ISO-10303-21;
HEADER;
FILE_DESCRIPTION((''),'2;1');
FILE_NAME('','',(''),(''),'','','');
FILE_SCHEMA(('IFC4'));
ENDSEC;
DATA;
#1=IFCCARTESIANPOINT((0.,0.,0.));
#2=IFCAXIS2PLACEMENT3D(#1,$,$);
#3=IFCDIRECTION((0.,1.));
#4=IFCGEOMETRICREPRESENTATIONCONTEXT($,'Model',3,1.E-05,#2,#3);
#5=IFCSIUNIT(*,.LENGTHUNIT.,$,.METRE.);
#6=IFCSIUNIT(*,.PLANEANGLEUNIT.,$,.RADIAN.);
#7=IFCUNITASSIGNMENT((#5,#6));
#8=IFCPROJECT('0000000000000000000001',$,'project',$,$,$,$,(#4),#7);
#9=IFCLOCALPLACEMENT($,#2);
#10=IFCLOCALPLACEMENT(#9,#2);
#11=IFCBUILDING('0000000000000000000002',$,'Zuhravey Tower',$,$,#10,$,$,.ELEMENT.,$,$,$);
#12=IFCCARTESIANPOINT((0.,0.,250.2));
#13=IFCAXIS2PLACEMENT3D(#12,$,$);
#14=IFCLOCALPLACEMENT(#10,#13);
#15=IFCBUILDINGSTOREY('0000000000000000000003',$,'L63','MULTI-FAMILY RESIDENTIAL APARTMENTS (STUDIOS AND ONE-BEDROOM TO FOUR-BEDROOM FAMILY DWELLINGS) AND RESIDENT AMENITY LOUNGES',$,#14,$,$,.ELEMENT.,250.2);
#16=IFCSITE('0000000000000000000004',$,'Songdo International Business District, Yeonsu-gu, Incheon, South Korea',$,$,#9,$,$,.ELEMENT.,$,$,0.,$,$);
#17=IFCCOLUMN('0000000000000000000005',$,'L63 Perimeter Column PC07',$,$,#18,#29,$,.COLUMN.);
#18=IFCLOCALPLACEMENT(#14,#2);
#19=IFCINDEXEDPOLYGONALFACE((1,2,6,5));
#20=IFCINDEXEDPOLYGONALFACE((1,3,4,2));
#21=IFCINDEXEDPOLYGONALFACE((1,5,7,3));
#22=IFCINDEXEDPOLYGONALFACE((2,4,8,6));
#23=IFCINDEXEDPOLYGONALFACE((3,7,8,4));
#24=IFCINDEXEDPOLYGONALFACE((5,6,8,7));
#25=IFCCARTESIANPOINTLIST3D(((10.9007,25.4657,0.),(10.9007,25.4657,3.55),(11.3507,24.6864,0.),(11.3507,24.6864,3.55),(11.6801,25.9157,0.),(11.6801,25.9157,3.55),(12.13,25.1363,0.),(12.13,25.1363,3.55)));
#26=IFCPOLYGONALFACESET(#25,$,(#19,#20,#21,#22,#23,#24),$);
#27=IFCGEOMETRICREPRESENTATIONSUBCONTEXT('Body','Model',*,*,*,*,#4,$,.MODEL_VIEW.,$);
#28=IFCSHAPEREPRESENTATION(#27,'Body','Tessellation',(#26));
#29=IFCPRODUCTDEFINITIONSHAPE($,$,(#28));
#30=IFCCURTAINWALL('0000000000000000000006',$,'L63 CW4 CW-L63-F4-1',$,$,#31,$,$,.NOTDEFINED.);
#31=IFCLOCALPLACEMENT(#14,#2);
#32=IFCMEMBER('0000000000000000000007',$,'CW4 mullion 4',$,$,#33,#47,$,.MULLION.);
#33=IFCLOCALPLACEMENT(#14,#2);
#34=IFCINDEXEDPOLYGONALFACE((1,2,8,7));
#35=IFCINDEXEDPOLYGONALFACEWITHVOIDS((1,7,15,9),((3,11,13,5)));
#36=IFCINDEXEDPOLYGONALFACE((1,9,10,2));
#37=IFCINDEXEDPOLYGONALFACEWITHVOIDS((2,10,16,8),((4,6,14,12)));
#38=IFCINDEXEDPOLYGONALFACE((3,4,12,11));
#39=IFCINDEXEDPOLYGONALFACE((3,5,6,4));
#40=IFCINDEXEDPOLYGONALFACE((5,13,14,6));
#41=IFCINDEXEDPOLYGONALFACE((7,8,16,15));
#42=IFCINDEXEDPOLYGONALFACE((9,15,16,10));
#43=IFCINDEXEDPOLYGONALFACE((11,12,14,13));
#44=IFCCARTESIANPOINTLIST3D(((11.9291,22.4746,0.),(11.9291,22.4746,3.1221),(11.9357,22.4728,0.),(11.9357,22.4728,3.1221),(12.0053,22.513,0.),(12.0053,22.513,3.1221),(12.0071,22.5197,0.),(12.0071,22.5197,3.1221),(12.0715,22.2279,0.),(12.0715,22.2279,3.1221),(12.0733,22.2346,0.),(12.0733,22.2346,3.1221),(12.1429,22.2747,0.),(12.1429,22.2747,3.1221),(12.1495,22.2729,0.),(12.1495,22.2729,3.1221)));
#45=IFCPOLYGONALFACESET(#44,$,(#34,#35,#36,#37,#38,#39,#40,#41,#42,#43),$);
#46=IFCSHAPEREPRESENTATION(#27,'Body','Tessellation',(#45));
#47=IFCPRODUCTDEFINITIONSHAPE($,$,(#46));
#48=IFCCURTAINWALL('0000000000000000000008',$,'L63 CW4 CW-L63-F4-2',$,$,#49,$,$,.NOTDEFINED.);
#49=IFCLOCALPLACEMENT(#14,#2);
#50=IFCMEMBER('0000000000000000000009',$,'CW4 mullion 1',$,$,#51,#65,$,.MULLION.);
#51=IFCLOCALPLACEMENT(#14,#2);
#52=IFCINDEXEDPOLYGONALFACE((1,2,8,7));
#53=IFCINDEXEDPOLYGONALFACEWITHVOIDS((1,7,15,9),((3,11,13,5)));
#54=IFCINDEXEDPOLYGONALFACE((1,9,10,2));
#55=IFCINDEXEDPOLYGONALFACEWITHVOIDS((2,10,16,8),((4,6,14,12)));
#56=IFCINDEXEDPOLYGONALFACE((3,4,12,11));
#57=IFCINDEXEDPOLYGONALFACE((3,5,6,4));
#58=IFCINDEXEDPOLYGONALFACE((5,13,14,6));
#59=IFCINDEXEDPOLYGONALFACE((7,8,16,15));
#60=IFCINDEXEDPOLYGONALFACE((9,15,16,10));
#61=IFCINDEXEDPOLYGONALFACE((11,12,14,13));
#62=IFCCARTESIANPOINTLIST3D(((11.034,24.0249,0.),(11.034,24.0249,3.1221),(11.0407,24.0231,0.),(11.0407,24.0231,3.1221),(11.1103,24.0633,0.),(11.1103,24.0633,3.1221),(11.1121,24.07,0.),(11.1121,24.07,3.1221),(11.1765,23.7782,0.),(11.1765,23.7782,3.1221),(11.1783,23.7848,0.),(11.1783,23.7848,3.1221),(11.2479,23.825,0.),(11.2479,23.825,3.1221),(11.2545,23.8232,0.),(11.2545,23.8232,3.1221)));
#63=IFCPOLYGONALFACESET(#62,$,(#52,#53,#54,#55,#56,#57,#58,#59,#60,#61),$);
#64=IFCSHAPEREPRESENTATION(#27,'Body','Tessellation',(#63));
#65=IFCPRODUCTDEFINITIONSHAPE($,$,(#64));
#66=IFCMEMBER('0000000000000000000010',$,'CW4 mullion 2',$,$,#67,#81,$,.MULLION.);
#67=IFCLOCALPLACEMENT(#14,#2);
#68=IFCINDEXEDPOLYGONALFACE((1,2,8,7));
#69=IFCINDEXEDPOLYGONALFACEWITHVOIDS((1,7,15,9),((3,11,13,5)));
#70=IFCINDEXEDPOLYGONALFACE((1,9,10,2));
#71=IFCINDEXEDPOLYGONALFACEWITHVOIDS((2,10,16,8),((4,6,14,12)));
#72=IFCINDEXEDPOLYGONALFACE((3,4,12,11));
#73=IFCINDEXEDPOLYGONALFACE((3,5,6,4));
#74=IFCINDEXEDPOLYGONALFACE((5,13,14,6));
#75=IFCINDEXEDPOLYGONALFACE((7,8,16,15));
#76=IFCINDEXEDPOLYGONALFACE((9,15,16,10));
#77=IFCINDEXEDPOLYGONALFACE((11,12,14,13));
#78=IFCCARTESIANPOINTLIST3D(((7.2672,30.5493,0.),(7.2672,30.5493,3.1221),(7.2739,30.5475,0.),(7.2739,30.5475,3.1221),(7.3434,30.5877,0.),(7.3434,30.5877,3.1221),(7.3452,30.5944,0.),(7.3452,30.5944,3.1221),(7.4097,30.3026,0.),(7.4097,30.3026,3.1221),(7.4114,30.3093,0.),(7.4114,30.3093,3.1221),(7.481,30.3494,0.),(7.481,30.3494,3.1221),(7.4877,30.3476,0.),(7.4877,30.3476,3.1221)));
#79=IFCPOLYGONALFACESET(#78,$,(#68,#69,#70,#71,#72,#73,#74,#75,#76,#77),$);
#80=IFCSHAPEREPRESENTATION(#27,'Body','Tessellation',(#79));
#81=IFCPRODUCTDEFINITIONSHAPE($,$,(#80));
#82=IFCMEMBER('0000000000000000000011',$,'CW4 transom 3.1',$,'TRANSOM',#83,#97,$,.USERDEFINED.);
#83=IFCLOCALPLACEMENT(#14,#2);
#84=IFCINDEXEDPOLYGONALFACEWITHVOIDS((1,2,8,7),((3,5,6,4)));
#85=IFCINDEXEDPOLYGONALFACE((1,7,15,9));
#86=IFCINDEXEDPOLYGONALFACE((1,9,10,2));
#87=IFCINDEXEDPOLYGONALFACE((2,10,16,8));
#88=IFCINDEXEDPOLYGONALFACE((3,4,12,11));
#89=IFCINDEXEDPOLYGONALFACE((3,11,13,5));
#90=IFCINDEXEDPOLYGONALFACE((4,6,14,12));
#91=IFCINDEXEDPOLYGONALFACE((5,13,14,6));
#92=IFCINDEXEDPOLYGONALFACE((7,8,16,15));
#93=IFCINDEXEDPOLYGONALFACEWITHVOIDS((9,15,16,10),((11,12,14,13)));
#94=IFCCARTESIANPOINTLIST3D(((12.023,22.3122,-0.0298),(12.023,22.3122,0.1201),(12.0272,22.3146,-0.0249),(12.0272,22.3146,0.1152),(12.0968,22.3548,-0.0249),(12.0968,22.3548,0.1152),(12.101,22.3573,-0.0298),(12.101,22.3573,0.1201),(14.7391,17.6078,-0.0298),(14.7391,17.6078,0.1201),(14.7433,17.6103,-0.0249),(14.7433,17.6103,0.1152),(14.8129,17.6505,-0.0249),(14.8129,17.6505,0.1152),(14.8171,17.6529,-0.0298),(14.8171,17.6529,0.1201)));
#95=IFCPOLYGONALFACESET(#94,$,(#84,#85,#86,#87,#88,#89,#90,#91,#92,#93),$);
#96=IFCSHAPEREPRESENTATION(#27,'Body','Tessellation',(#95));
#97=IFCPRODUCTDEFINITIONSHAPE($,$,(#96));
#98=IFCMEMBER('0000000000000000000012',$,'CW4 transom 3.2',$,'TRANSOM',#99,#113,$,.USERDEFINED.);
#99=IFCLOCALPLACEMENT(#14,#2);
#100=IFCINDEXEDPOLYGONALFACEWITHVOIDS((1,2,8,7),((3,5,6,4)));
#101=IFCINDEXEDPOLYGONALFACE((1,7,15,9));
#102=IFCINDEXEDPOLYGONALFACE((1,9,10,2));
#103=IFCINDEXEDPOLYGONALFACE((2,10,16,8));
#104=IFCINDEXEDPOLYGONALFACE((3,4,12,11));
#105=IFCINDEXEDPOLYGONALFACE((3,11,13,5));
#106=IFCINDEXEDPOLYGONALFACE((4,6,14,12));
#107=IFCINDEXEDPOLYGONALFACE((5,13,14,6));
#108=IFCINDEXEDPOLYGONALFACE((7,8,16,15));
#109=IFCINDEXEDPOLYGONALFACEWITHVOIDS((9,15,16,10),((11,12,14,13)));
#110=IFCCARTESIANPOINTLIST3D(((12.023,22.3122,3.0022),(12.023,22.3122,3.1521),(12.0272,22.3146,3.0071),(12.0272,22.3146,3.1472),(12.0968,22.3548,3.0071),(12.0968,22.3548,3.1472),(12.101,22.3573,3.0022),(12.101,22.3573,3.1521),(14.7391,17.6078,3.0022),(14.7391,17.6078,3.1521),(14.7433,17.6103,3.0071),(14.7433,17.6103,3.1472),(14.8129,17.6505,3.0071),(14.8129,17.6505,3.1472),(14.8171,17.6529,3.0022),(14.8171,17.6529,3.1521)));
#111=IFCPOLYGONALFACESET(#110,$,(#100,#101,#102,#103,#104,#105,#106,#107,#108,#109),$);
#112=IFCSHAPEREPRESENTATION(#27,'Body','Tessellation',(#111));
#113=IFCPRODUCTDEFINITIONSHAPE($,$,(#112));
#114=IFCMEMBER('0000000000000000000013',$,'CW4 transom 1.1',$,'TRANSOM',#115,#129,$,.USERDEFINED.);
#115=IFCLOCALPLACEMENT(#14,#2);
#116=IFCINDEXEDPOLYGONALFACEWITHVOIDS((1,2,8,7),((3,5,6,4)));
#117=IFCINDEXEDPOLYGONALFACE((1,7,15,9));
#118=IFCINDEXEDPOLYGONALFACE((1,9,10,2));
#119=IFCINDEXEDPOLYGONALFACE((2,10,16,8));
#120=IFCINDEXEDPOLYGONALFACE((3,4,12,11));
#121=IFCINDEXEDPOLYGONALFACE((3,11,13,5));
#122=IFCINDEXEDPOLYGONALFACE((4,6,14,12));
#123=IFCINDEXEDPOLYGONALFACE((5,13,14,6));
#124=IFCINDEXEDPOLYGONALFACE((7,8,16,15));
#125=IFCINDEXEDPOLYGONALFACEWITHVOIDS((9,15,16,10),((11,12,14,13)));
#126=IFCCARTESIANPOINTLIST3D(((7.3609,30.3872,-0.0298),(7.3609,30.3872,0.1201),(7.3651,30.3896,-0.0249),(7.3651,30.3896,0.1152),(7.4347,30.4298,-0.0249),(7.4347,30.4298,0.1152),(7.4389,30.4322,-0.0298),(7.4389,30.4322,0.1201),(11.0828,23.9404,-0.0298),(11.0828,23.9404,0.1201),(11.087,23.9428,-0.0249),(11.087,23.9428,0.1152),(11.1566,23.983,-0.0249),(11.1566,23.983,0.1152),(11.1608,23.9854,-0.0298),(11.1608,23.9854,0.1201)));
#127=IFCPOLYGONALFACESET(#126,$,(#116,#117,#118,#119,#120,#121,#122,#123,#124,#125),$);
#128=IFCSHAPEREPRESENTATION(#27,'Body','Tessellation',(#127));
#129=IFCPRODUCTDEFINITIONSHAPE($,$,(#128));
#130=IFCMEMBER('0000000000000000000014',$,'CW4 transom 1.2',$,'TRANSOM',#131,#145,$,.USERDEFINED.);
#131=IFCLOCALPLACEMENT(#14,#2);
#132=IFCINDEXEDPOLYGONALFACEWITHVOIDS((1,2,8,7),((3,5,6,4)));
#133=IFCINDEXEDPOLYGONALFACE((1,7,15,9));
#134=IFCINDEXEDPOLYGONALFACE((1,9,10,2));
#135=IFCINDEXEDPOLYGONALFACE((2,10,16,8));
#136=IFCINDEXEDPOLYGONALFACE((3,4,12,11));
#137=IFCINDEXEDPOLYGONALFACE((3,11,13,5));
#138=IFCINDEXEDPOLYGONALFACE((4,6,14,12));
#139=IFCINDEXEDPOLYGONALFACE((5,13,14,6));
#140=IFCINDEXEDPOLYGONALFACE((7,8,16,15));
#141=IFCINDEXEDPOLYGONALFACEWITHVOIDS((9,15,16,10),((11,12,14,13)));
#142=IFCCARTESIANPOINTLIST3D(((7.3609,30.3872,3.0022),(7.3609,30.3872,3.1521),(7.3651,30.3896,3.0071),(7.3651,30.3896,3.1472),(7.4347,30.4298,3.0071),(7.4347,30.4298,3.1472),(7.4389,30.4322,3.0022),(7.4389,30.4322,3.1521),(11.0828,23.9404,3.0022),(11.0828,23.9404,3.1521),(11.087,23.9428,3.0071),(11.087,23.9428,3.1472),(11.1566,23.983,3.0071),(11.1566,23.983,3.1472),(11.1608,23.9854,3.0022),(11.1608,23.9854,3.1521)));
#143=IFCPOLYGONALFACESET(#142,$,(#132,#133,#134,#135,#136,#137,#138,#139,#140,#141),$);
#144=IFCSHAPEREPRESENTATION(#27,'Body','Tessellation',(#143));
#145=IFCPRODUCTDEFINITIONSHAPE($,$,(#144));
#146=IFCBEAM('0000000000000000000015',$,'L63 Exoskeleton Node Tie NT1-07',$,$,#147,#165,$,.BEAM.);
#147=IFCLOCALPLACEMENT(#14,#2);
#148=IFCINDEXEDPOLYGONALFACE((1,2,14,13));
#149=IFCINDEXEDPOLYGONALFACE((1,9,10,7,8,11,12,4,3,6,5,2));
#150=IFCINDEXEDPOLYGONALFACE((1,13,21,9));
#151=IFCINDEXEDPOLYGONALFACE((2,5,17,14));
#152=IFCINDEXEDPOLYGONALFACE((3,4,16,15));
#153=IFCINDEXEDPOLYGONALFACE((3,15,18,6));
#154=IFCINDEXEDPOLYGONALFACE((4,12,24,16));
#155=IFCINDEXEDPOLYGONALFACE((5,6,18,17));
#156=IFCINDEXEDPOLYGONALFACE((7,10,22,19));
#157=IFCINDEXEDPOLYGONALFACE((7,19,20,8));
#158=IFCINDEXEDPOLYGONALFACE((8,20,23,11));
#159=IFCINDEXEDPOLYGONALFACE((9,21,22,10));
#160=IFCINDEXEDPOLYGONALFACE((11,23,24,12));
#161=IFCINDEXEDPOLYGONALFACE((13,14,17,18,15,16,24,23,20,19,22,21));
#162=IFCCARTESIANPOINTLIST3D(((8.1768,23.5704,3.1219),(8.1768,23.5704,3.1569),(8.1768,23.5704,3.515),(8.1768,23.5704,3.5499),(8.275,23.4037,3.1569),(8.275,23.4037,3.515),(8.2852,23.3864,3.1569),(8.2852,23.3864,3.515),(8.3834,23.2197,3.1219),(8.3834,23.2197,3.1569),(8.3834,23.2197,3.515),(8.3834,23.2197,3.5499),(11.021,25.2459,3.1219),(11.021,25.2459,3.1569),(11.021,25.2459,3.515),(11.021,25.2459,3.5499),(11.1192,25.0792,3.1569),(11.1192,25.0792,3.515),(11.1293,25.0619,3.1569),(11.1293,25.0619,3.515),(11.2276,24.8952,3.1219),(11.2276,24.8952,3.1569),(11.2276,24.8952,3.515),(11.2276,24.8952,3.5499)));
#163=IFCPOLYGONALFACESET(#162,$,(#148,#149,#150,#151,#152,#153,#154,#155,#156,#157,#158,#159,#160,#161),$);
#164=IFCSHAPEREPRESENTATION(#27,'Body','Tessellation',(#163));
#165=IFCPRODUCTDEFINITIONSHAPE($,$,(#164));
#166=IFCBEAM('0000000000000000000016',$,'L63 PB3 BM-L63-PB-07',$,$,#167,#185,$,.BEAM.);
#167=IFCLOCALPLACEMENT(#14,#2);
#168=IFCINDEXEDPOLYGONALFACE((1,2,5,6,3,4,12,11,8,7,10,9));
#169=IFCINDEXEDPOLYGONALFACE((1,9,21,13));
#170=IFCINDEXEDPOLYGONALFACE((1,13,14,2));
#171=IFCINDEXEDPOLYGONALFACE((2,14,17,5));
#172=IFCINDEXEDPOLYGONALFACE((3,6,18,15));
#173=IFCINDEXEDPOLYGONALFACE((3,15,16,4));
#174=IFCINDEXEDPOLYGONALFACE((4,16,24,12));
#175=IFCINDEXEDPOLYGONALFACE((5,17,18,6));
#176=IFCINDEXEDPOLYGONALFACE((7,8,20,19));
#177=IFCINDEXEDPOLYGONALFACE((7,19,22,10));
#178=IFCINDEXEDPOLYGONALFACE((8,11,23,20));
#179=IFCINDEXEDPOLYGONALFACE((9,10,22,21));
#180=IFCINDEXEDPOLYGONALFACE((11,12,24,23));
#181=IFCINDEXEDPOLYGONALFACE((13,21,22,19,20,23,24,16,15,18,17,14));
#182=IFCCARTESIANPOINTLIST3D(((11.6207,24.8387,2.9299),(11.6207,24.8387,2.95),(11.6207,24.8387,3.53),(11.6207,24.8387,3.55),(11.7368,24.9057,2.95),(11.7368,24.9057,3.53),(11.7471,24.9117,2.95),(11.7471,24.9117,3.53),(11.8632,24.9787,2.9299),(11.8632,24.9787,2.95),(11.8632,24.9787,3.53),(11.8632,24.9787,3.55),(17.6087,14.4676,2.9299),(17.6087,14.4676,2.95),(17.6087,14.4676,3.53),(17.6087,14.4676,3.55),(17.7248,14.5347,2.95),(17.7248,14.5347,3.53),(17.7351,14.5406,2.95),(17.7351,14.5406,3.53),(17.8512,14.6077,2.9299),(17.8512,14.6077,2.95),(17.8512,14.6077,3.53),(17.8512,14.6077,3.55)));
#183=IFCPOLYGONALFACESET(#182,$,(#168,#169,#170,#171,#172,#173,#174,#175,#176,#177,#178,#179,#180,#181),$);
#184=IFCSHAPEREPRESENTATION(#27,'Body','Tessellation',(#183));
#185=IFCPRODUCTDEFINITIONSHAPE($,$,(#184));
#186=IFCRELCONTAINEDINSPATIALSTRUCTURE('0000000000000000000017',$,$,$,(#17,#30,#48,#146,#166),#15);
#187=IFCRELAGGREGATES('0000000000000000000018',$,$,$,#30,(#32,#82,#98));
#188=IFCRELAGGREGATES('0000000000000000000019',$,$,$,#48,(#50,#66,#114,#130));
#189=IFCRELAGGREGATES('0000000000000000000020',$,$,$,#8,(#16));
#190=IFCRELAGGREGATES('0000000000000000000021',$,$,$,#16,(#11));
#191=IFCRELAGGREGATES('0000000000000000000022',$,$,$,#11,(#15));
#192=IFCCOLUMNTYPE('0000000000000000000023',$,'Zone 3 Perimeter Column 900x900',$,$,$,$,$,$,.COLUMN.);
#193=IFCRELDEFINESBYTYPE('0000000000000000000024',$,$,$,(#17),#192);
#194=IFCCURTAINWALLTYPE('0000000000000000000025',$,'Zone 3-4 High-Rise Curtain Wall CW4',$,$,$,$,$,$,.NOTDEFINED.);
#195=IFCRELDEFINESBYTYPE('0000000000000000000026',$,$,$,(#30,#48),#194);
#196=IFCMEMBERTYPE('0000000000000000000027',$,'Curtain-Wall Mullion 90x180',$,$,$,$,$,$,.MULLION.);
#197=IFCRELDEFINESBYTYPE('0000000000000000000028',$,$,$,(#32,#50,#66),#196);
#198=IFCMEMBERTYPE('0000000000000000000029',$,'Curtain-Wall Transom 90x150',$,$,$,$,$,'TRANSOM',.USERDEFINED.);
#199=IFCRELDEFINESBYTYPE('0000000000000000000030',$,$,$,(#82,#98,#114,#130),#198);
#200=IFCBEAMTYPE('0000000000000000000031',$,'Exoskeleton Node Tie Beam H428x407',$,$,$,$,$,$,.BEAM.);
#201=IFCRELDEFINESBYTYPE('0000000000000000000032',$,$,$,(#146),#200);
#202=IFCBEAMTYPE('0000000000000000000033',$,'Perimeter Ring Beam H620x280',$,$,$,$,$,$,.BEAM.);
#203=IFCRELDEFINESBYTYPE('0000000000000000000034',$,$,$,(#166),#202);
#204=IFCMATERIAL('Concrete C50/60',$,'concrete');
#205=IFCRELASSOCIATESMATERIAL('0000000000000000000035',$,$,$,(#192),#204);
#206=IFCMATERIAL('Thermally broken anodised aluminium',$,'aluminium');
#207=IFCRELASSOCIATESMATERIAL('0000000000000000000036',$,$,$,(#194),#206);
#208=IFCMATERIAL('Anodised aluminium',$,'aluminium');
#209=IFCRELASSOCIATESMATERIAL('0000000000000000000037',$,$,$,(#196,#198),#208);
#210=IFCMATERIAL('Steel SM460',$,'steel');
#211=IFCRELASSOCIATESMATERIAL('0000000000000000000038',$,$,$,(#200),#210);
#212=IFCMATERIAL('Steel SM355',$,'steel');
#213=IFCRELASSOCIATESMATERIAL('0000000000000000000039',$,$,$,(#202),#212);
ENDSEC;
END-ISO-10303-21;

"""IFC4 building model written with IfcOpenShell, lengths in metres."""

from ifc_helpers import new_model, si_unit, direction, frame, origin, origin_2d, place, context, subcontext, project, spatial, rectangle, hollow_rectangle, i_section, extrude, material, material_profile, profile_set, type_object, element, aggregate, save


model = new_model("IFC4")

# Units and contexts
model_context = context("Model", 3, precision=1e-05, world=origin(), true_north=direction((0.0, 1.0)))
body_context = subcontext(model_context, "Body", "Model", "MODEL_VIEW")
ifc_project = project(units=[si_unit("LENGTHUNIT", "METRE"), si_unit("PLANEANGLEUNIT", "RADIAN")], contexts=[model_context])

# Site, building, storey
site_placement = place(None, origin())
site = spatial("IfcSite", under=ifc_project, at=site_placement, Name="Songdo International Business District, Yeonsu-gu, Incheon, South Korea", CompositionType="ELEMENT", RefElevation=0.0)
building_placement = place(site_placement, origin())
building = spatial("IfcBuilding", under=site, at=building_placement, Name="Zuhravey Tower", CompositionType="ELEMENT")
storey_placement = place(building_placement, frame((0.0, 0.0, 250.2)))
storey = spatial("IfcBuildingStorey", under=building, at=storey_placement, Name="L63", Description="MULTI-FAMILY RESIDENTIAL APARTMENTS (STUDIOS AND ONE-BEDROOM TO FOUR-BEDROOM FAMILY DWELLINGS) AND RESIDENT AMENITY LOUNGES", CompositionType="ELEMENT", Elevation=250.2)

# Column
ifc_material_1 = material(Name="Concrete C50/60", Category="concrete")
ifc_material_profile_1 = material_profile(ifc_material_1, rectangle(XDim=0.8999, YDim=0.8999, at=origin_2d()), Name="RC-900x900")
ifc_profile_set_1 = profile_set([ifc_material_profile_1], Name="Concrete C50/60")
column_type = type_object("IfcColumnType", Name="Zone 3 Perimeter Column 900x900", PredefinedType="COLUMN", material=ifc_profile_set_1)
column_placement = place(storey_placement, frame((11.5154, 25.301, 0.0), z_axis=(0.0, 0.0, 1.0), x_axis=(0.5, -0.866025, 0.0)))
element("IfcColumn", 1, at=column_placement, inside=storey, type_object=column_type, Name="L63 Perimeter Column PC07", PredefinedType="COLUMN", context=body_context, shape_type="SweptSolid", body=[
    extrude(rectangle(XDim=0.8999, YDim=0.8999, at=origin_2d()), origin(), (0.0, 0.0, 1.0), 3.55),
])

# Curtain wall, member
ifc_material_2 = material(Name="Thermally broken anodised aluminium", Category="aluminium")
curtain_wall_type = type_object("IfcCurtainWallType", Name="Zone 3-4 High-Rise Curtain Wall CW4", PredefinedType="NOTDEFINED", material=ifc_material_2)
curtain_wall_1_placement = place(storey_placement, origin())
curtain_wall_1 = element("IfcCurtainWall", 2, at=curtain_wall_1_placement, inside=storey, type_object=curtain_wall_type, Name="L63 CW4 CW-L63-F4-1", PredefinedType="NOTDEFINED")
ifc_material_3 = material(Name="Anodised aluminium", Category="aluminium")
ifc_material_profile_2 = material_profile(ifc_material_3, hollow_rectangle(XDim=0.0901, YDim=0.2849, WallThickness=0.0049, at=origin_2d()), Name="ALU-RHS-90x285x5")
ifc_profile_set_2 = profile_set([ifc_material_profile_2], Name="Anodised aluminium")
member_type_1 = type_object("IfcMemberType", Name="Curtain-Wall Mullion 90x180", PredefinedType="MULLION", material=ifc_profile_set_2)
member_1_placement = place(storey_placement, frame((12.0393, 22.3738, 0.0), z_axis=(0.0, 0.0, 1.0), x_axis=(-0.866025, -0.500001, 0.0)))
member_1 = element("IfcMember", 3, at=member_1_placement, type_object=member_type_1, Name="CW4 mullion 4", PredefinedType="MULLION", context=body_context, shape_type="SweptSolid", body=[
    extrude(hollow_rectangle(XDim=0.0901, YDim=0.2849, WallThickness=0.0049, at=origin_2d()), origin(), (0.0, 0.0, 1.0), 3.1221),
])

# Curtain wall, members
curtain_wall_2_placement = place(storey_placement, origin())
curtain_wall_2 = element("IfcCurtainWall", 4, at=curtain_wall_2_placement, inside=storey, type_object=curtain_wall_type, Name="L63 CW4 CW-L63-F4-2", PredefinedType="NOTDEFINED")
member_2_placement = place(storey_placement, frame((11.1443, 23.9241, 0.0), z_axis=(0.0, 0.0, 1.0), x_axis=(-0.866023, -0.500004, 0.0)))
member_2 = element("IfcMember", 5, at=member_2_placement, type_object=member_type_1, Name="CW4 mullion 1", PredefinedType="MULLION", context=body_context, shape_type="SweptSolid", body=[
    extrude(hollow_rectangle(XDim=0.0901, YDim=0.2849, WallThickness=0.0049, at=origin_2d()), origin(), (0.0, 0.0, 1.0), 3.1221),
])
member_3_placement = place(storey_placement, frame((7.3774, 30.4485, 0.0), z_axis=(0.0, 0.0, 1.0), x_axis=(-0.866023, -0.500004, 0.0)))
member_3 = element("IfcMember", 6, at=member_3_placement, type_object=member_type_1, Name="CW4 mullion 2", PredefinedType="MULLION", context=body_context, shape_type="SweptSolid", body=[
    extrude(hollow_rectangle(XDim=0.0901, YDim=0.2849, WallThickness=0.0049, at=origin_2d()), origin(), (0.0, 0.0, 1.0), 3.1221),
])

# Members
ifc_material_profile_3 = material_profile(ifc_material_3, hollow_rectangle(XDim=0.0901, YDim=0.1499, WallThickness=0.0049, at=origin_2d()), Name="ALU-RHS-90x150x5")
ifc_profile_set_3 = profile_set([ifc_material_profile_3], Name="Anodised aluminium")
member_type_2 = type_object("IfcMemberType", Name="Curtain-Wall Transom 90x150", ElementType="TRANSOM", PredefinedType="USERDEFINED", material=ifc_profile_set_3)
member_4_placement = place(storey_placement, frame((14.7781, 17.6304, 0.0452), z_axis=(-0.500001, 0.866025, 0.0), x_axis=(-0.866025, -0.500001, 0.0)))
member_4 = element("IfcMember", 7, at=member_4_placement, type_object=member_type_2, Name="CW4 transom 3.1", ObjectType="TRANSOM", PredefinedType="USERDEFINED", context=body_context, shape_type="SweptSolid", body=[
    extrude(hollow_rectangle(XDim=0.0901, YDim=0.1499, WallThickness=0.0049, at=origin_2d()), origin(), (0.0, 0.0, 1.0), 5.4321),
])
member_5_placement = place(storey_placement, frame((14.7781, 17.6304, 3.0771), z_axis=(-0.500001, 0.866025, 0.0), x_axis=(-0.866025, -0.500001, 0.0)))
member_5 = element("IfcMember", 8, at=member_5_placement, type_object=member_type_2, Name="CW4 transom 3.2", ObjectType="TRANSOM", PredefinedType="USERDEFINED", context=body_context, shape_type="SweptSolid", body=[
    extrude(hollow_rectangle(XDim=0.0901, YDim=0.1499, WallThickness=0.0049, at=origin_2d()), origin(), (0.0, 0.0, 1.0), 5.4321),
])
member_6_placement = place(storey_placement, frame((11.1218, 23.9629, 0.0452), z_axis=(-0.499987, 0.866033, 0.0), x_axis=(-0.866033, -0.499987, 0.0)))
member_6 = element("IfcMember", 9, at=member_6_placement, type_object=member_type_2, Name="CW4 transom 1.1", ObjectType="TRANSOM", PredefinedType="USERDEFINED", context=body_context, shape_type="SweptSolid", body=[
    extrude(hollow_rectangle(XDim=0.0901, YDim=0.1499, WallThickness=0.0049, at=origin_2d()), origin(), (0.0, 0.0, 1.0), 7.4441),
])
member_7_placement = place(storey_placement, frame((11.1218, 23.9629, 3.0771), z_axis=(-0.499987, 0.866033, 0.0), x_axis=(-0.866033, -0.499987, 0.0)))
member_7 = element("IfcMember", 10, at=member_7_placement, type_object=member_type_2, Name="CW4 transom 1.2", ObjectType="TRANSOM", PredefinedType="USERDEFINED", context=body_context, shape_type="SweptSolid", body=[
    extrude(hollow_rectangle(XDim=0.0901, YDim=0.1499, WallThickness=0.0049, at=origin_2d()), origin(), (0.0, 0.0, 1.0), 7.4441),
])

# Beams
ifc_material_4 = material(Name="Steel SM460", Category="steel")
ifc_material_profile_4 = material_profile(ifc_material_4, i_section(OverallWidth=0.407, OverallDepth=0.428, WebThickness=0.02, FlangeThickness=0.0349, at=origin_2d()), Name="H-428x407x20x35")
ifc_profile_set_4 = profile_set([ifc_material_profile_4], Name="Steel SM460")
beam_type_1 = type_object("IfcBeamType", Name="Exoskeleton Node Tie Beam H428x407", PredefinedType="BEAM", material=ifc_profile_set_4)
beam_1_placement = place(storey_placement, frame((11.1243, 25.0706, 3.3359), z_axis=(-0.861609, -0.507573, 0.0), x_axis=(0.507573, -0.861609, 0.0)))
element("IfcBeam", 11, at=beam_1_placement, inside=storey, type_object=beam_type_1, Name="L63 Exoskeleton Node Tie NT1-07", PredefinedType="BEAM", context=body_context, shape_type="SweptSolid", body=[
    extrude(i_section(OverallWidth=0.407, OverallDepth=0.428, WebThickness=0.02, FlangeThickness=0.0349, at=origin_2d()), origin(), (0.0, 0.0, 1.0), 3.301),
])
ifc_material_5 = material(Name="Steel SM355", Category="steel")
ifc_material_profile_5 = material_profile(ifc_material_5, i_section(OverallWidth=0.28, OverallDepth=0.6201, WebThickness=0.012, FlangeThickness=0.02, at=origin_2d()), Name="H-620x280x12x20")
ifc_profile_set_5 = profile_set([ifc_material_profile_5], Name="Steel SM355")
beam_type_2 = type_object("IfcBeamType", Name="Perimeter Ring Beam H620x280", PredefinedType="BEAM", material=ifc_profile_set_5)
beam_2_placement = place(storey_placement, frame((11.7419, 24.9087, 3.24), z_axis=(0.500018, -0.866015, 0.0), x_axis=(0.866015, 0.500018, 0.0)))
element("IfcBeam", 12, at=beam_2_placement, inside=storey, type_object=beam_type_2, Name="L63 PB3 BM-L63-PB-07", PredefinedType="BEAM", context=body_context, shape_type="SweptSolid", body=[
    extrude(i_section(OverallWidth=0.28, OverallDepth=0.6201, WebThickness=0.012, FlangeThickness=0.02, at=origin_2d()), origin(), (0.0, 0.0, 1.0), 11.9756),
])

aggregate(curtain_wall_1, [member_1, member_4, member_5])
aggregate(curtain_wall_2, [member_2, member_3, member_6, member_7])

save(model, "model.ifc")
